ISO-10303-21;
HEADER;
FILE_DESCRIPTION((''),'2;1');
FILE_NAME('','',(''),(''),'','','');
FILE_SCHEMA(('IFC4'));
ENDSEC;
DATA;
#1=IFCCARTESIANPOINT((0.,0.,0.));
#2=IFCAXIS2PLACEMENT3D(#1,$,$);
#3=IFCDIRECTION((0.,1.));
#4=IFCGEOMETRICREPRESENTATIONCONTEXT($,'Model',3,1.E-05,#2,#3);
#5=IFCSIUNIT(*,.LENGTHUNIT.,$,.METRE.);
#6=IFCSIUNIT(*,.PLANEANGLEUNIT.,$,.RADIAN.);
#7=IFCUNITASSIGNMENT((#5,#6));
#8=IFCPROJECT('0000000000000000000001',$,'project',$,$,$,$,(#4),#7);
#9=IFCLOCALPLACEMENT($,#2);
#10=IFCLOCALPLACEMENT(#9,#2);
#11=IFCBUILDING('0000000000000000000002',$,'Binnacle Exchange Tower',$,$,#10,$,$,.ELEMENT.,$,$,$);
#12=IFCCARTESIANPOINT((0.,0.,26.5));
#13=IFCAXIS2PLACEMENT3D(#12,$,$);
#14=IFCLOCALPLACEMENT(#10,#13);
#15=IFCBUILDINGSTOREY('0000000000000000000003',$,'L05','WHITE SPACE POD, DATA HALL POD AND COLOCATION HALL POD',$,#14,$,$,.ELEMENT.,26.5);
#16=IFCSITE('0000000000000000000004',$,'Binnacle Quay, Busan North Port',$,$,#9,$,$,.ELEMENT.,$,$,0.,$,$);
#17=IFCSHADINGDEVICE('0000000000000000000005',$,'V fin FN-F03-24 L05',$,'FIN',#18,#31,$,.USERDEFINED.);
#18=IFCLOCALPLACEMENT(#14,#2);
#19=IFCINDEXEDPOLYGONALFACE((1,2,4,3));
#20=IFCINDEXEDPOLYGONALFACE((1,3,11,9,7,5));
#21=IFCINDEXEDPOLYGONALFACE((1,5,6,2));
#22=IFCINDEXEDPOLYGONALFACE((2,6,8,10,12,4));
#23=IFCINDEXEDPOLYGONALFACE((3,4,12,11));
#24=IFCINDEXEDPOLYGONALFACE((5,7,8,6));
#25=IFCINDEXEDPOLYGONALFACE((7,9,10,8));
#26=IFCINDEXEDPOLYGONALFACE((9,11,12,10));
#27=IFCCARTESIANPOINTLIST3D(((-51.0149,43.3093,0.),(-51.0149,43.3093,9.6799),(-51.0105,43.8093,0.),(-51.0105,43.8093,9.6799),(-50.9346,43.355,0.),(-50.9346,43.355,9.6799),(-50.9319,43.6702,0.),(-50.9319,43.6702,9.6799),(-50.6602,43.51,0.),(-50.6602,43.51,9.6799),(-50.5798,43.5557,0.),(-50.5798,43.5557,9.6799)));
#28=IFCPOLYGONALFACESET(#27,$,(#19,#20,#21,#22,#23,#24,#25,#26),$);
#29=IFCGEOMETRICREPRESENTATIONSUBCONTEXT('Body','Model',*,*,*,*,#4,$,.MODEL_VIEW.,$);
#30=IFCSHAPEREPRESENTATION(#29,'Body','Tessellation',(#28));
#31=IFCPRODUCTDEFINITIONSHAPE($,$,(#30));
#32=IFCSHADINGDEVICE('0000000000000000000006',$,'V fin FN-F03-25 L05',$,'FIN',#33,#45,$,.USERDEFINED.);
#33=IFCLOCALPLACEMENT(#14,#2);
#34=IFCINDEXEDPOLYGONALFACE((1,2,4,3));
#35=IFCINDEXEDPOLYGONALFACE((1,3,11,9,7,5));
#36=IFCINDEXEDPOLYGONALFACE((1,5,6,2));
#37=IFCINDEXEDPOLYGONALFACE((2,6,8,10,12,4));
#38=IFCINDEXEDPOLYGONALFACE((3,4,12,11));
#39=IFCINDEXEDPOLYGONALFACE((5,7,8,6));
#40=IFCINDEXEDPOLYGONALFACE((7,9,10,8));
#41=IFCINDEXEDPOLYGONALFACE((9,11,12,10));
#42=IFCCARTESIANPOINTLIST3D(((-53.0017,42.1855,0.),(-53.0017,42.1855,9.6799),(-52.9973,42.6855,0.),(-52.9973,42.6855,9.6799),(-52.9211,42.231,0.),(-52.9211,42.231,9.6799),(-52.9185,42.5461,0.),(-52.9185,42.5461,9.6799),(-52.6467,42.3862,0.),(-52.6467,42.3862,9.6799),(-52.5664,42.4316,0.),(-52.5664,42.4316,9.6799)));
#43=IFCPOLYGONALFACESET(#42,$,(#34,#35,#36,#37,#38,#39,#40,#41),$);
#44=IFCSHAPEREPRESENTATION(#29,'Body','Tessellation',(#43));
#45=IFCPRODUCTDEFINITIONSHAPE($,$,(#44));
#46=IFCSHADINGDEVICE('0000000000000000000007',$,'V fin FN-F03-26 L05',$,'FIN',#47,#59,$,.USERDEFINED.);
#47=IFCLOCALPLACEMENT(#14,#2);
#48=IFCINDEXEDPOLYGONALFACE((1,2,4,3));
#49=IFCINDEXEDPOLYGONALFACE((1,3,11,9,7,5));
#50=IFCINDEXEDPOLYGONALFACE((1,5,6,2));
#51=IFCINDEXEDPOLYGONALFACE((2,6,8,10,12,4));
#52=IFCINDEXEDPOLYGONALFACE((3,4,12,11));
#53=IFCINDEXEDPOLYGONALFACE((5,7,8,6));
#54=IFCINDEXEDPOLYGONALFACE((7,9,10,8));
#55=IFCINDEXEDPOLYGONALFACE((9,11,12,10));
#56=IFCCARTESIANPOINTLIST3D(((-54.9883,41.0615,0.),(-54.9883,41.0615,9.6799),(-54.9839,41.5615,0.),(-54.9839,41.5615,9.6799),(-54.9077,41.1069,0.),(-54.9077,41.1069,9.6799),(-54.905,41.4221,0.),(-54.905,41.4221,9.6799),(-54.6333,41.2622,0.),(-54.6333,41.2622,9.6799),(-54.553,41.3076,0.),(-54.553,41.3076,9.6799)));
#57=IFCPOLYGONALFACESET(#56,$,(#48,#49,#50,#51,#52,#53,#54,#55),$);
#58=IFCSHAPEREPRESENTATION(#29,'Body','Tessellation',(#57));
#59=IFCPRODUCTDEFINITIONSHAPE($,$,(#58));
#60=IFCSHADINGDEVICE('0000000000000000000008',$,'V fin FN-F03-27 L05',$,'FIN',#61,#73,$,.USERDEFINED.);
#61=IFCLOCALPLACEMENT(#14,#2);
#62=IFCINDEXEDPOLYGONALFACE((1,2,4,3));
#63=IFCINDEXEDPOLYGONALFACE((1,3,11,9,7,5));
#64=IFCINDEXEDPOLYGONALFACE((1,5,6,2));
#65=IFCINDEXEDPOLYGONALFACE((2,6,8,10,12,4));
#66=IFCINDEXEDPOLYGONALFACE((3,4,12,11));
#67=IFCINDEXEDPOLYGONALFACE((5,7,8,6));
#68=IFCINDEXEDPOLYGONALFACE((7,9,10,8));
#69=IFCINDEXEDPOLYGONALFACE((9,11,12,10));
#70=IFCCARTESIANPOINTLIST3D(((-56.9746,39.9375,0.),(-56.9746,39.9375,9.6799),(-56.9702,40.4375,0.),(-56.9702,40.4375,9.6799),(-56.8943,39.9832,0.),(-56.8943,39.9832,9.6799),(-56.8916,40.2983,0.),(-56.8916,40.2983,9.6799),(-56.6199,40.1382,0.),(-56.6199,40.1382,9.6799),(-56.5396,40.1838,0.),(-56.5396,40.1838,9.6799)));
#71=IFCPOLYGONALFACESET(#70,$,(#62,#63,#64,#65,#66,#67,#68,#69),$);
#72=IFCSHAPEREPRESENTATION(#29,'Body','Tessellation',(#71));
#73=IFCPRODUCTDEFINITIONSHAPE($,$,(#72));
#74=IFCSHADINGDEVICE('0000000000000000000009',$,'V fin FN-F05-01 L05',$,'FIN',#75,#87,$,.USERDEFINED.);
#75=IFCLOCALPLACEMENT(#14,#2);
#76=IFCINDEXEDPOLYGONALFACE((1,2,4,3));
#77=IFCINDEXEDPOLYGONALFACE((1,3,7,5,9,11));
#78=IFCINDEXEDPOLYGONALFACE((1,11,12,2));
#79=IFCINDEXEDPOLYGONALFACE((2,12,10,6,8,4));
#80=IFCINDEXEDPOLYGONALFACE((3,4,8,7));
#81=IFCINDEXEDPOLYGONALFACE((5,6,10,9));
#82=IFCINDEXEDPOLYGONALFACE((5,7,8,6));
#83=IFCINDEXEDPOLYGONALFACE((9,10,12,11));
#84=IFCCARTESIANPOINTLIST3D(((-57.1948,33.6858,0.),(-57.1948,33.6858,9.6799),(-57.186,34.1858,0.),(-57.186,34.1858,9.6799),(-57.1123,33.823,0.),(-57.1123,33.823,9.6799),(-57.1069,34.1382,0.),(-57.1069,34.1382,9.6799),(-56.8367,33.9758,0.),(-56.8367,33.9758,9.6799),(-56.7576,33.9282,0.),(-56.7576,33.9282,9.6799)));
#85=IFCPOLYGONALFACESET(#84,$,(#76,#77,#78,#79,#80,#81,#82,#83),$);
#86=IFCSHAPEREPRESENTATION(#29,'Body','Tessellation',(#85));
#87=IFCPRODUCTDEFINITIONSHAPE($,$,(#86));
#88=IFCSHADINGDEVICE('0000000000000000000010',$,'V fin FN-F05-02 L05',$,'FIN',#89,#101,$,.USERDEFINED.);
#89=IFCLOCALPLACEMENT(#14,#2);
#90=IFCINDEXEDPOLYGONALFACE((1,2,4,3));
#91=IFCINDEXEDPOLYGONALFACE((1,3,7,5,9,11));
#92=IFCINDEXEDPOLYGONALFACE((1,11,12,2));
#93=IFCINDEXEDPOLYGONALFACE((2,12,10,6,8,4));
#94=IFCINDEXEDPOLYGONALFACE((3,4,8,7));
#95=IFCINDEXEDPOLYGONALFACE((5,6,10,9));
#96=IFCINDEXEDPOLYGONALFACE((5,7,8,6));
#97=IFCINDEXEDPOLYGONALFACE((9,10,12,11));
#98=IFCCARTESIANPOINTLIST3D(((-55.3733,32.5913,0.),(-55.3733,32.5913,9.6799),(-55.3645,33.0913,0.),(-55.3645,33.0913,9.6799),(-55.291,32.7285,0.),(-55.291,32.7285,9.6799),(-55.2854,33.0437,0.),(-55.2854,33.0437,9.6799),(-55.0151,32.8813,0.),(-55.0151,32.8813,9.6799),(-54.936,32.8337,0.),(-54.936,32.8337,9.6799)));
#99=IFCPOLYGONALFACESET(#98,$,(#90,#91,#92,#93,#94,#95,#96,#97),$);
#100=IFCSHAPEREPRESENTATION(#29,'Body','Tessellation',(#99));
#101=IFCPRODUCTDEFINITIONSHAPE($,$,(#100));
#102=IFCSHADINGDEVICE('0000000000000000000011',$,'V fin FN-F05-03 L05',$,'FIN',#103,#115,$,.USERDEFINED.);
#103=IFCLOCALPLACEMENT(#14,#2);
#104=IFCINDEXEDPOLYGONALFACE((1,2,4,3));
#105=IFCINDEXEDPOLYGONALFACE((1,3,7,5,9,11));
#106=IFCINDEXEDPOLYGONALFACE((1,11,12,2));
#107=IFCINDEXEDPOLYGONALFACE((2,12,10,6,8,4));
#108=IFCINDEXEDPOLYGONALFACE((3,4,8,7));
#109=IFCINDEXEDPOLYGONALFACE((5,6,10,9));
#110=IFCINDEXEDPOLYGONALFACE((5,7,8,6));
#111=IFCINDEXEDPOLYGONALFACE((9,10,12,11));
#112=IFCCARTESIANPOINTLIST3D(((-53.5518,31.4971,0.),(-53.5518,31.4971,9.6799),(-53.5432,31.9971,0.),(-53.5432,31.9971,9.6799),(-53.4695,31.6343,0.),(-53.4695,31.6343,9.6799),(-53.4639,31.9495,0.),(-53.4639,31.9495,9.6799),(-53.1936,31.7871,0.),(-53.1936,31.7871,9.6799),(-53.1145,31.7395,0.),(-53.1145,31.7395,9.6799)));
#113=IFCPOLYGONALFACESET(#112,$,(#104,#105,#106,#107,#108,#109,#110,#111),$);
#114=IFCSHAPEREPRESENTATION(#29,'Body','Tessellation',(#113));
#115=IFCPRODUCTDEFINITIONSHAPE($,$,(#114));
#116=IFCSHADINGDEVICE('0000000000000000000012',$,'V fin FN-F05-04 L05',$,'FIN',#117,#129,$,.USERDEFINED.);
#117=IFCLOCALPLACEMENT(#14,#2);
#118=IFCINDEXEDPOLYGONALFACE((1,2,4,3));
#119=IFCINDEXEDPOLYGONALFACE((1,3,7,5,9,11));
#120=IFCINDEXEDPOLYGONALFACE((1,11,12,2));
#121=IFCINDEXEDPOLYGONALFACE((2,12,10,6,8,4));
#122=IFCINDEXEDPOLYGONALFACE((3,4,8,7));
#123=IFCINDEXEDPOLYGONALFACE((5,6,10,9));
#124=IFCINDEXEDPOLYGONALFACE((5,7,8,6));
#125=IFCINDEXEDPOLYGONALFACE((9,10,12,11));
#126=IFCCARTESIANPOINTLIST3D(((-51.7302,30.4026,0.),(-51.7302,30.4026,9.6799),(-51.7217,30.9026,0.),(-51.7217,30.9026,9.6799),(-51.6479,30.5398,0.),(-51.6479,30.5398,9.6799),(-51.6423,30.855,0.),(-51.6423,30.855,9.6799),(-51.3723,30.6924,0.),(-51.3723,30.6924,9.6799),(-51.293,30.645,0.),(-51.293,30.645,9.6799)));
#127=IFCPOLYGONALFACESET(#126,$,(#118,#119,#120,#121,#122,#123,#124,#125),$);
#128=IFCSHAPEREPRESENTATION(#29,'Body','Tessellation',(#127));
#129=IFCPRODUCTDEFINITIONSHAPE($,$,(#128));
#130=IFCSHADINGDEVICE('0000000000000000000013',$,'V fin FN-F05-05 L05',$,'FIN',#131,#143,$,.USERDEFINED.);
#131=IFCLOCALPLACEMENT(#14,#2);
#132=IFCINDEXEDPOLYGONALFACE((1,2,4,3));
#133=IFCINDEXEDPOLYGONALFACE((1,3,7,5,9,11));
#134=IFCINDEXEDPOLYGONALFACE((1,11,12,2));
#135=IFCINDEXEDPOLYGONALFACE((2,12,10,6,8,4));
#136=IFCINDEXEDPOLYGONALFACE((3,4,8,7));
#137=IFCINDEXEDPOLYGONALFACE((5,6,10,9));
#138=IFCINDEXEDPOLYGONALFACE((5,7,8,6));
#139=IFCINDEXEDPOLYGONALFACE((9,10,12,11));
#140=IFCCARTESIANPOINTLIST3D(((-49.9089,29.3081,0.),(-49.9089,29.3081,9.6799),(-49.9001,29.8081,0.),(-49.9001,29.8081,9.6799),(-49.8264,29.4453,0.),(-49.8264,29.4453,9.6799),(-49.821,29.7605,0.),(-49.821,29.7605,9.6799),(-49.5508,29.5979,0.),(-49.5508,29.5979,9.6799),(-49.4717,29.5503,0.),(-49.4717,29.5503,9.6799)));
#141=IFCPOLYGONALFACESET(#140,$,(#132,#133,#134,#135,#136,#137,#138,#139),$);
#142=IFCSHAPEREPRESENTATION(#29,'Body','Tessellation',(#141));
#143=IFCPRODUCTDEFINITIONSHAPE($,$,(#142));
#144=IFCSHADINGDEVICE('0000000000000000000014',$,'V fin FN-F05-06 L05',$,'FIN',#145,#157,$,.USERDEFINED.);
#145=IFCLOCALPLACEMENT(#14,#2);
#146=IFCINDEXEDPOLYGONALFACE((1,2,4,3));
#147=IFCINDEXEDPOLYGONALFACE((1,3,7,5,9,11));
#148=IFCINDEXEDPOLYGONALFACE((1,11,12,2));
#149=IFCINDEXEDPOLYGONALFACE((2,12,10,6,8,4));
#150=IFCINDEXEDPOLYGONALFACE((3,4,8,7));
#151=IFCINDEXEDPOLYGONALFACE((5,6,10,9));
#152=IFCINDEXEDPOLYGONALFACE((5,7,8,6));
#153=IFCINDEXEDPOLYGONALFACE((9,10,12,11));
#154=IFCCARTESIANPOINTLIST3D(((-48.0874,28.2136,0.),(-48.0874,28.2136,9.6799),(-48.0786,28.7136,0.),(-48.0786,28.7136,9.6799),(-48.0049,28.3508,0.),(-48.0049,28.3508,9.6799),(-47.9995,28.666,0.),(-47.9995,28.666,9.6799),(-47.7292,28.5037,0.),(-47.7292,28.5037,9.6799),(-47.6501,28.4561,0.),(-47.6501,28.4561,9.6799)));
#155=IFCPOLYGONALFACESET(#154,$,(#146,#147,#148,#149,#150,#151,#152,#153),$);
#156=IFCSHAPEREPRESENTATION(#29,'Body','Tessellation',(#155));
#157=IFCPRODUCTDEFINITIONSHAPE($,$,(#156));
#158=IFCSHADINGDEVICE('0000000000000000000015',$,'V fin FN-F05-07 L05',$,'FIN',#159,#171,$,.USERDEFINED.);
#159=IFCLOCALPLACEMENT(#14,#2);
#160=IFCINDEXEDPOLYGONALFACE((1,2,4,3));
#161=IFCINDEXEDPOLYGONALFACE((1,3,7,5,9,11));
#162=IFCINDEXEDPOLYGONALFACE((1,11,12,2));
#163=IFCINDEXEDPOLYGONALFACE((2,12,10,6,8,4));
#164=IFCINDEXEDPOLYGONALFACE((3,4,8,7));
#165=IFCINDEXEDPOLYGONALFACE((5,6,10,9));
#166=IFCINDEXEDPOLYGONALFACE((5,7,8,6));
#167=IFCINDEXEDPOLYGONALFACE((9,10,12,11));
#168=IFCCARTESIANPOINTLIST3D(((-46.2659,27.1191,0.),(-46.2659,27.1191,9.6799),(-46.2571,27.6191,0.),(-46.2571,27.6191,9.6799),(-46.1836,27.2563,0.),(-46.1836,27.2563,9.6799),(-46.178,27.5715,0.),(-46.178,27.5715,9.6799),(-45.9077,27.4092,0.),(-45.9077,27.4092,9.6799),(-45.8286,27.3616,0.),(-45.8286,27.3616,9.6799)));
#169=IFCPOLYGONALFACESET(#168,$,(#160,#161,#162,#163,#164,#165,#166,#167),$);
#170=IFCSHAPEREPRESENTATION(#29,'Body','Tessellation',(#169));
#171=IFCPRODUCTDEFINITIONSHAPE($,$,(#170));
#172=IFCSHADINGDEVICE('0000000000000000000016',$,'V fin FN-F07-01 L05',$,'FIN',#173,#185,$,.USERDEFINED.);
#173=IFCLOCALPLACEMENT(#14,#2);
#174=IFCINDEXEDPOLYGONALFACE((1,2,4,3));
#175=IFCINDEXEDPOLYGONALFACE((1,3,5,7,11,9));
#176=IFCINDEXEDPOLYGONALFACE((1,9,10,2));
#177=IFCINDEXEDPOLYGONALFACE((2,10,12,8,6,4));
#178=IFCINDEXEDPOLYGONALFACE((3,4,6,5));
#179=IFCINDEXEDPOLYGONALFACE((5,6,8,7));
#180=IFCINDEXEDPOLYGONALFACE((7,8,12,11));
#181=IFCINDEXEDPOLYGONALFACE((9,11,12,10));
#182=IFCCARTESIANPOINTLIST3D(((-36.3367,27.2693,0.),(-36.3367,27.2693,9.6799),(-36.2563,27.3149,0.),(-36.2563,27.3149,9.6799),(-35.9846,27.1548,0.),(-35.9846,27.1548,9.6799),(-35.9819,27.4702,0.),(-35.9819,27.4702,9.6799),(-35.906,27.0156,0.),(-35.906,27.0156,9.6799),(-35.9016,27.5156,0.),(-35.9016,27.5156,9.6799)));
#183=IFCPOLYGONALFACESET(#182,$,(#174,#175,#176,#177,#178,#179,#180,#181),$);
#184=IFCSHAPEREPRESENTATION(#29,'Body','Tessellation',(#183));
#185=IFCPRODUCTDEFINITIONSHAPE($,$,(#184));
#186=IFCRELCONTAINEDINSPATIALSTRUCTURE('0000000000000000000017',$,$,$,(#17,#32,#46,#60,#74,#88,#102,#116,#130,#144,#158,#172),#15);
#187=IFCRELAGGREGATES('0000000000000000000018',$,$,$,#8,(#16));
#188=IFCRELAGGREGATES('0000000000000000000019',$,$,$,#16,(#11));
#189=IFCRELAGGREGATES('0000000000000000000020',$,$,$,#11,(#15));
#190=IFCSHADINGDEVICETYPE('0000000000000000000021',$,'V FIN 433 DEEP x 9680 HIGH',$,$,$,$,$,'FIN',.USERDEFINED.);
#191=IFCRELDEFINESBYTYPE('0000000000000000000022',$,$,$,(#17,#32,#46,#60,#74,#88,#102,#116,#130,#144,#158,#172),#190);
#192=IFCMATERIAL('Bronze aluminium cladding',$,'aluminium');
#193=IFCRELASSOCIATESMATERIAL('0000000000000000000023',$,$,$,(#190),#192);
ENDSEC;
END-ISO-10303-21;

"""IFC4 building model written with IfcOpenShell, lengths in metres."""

from ifc_helpers import new_model, si_unit, direction, frame, origin, place, context, subcontext, project, spatial, polyline, outline, extrude, material, type_object, element, save


model = new_model("IFC4")

# Units and contexts
model_context = context("Model", 3, precision=1e-05, world=origin(), true_north=direction((0.0, 1.0)))
body_context = subcontext(model_context, "Body", "Model", "MODEL_VIEW")
ifc_project = project(units=[si_unit("LENGTHUNIT", "METRE"), si_unit("PLANEANGLEUNIT", "RADIAN")], contexts=[model_context])

# Site, building, storey
site_placement = place(None, origin())
site = spatial("IfcSite", under=ifc_project, at=site_placement, Name="Binnacle Quay, Busan North Port", CompositionType="ELEMENT", RefElevation=0.0)
building_placement = place(site_placement, origin())
building = spatial("IfcBuilding", under=site, at=building_placement, Name="Binnacle Exchange Tower", CompositionType="ELEMENT")
storey_placement = place(building_placement, frame((0.0, 0.0, 26.5)))
storey = spatial("IfcBuildingStorey", under=building, at=storey_placement, Name="L05", Description="WHITE SPACE POD, DATA HALL POD AND COLOCATION HALL POD", CompositionType="ELEMENT", Elevation=26.5)

# Shading devices
ifc_material = material(Name="Bronze aluminium cladding", Category="aluminium")
shading_device_type = type_object("IfcShadingDeviceType", Name="V FIN 433 DEEP x 9680 HIGH", ElementType="FIN", PredefinedType="USERDEFINED", material=ifc_material)
shading_device_1_placement = place(storey_placement, origin())
element("IfcShadingDevice", 1, at=shading_device_1_placement, inside=storey, type_object=shading_device_type, Name="V fin FN-F03-24 L05", ObjectType="FIN", PredefinedType="USERDEFINED", context=body_context, shape_type="SweptSolid", body=[
    extrude(outline(polyline([(-50.5798, 43.5557), (-51.0105, 43.8093), (-51.0149, 43.3093), (-50.9346, 43.355), (-50.9319, 43.6702), (-50.6602, 43.51), (-50.5798, 43.5557)])), origin(), (0.0, 0.0, 1.0), 9.6799),
])
shading_device_2_placement = place(storey_placement, origin())
element("IfcShadingDevice", 2, at=shading_device_2_placement, inside=storey, type_object=shading_device_type, Name="V fin FN-F03-25 L05", ObjectType="FIN", PredefinedType="USERDEFINED", context=body_context, shape_type="SweptSolid", body=[
    extrude(outline(polyline([(-52.5664, 42.4316), (-52.9973, 42.6855), (-53.0017, 42.1855), (-52.9211, 42.231), (-52.9185, 42.5461), (-52.6467, 42.3862), (-52.5664, 42.4316)])), origin(), (0.0, 0.0, 1.0), 9.6799),
])
shading_device_3_placement = place(storey_placement, origin())
element("IfcShadingDevice", 3, at=shading_device_3_placement, inside=storey, type_object=shading_device_type, Name="V fin FN-F03-26 L05", ObjectType="FIN", PredefinedType="USERDEFINED", context=body_context, shape_type="SweptSolid", body=[
    extrude(outline(polyline([(-54.553, 41.3076), (-54.9839, 41.5615), (-54.9883, 41.0615), (-54.9077, 41.1069), (-54.905, 41.4221), (-54.6333, 41.2622), (-54.553, 41.3076)])), origin(), (0.0, 0.0, 1.0), 9.6799),
])
shading_device_4_placement = place(storey_placement, origin())
element("IfcShadingDevice", 4, at=shading_device_4_placement, inside=storey, type_object=shading_device_type, Name="V fin FN-F03-27 L05", ObjectType="FIN", PredefinedType="USERDEFINED", context=body_context, shape_type="SweptSolid", body=[
    extrude(outline(polyline([(-56.5396, 40.1838), (-56.9702, 40.4375), (-56.9746, 39.9375), (-56.8943, 39.9832), (-56.8916, 40.2983), (-56.6199, 40.1382), (-56.5396, 40.1838)])), origin(), (0.0, 0.0, 1.0), 9.6799),
])
shading_device_5_placement = place(storey_placement, origin())
element("IfcShadingDevice", 5, at=shading_device_5_placement, inside=storey, type_object=shading_device_type, Name="V fin FN-F05-01 L05", ObjectType="FIN", PredefinedType="USERDEFINED", context=body_context, shape_type="SweptSolid", body=[
    extrude(outline(polyline([(-57.186, 34.1858), (-57.1948, 33.6858), (-56.7576, 33.9282), (-56.8367, 33.9758), (-57.1123, 33.823), (-57.1069, 34.1382), (-57.186, 34.1858)])), origin(), (0.0, 0.0, 1.0), 9.6799),
])
shading_device_6_placement = place(storey_placement, origin())
element("IfcShadingDevice", 6, at=shading_device_6_placement, inside=storey, type_object=shading_device_type, Name="V fin FN-F05-02 L05", ObjectType="FIN", PredefinedType="USERDEFINED", context=body_context, shape_type="SweptSolid", body=[
    extrude(outline(polyline([(-55.3645, 33.0913), (-55.3733, 32.5913), (-54.936, 32.8337), (-55.0151, 32.8813), (-55.291, 32.7285), (-55.2854, 33.0437), (-55.3645, 33.0913)])), origin(), (0.0, 0.0, 1.0), 9.6799),
])
shading_device_7_placement = place(storey_placement, origin())
element("IfcShadingDevice", 7, at=shading_device_7_placement, inside=storey, type_object=shading_device_type, Name="V fin FN-F05-03 L05", ObjectType="FIN", PredefinedType="USERDEFINED", context=body_context, shape_type="SweptSolid", body=[
    extrude(outline(polyline([(-53.5432, 31.9971), (-53.5518, 31.4971), (-53.1145, 31.7395), (-53.1936, 31.7871), (-53.4695, 31.6343), (-53.4639, 31.9495), (-53.5432, 31.9971)])), origin(), (0.0, 0.0, 1.0), 9.6799),
])
shading_device_8_placement = place(storey_placement, origin())
element("IfcShadingDevice", 8, at=shading_device_8_placement, inside=storey, type_object=shading_device_type, Name="V fin FN-F05-04 L05", ObjectType="FIN", PredefinedType="USERDEFINED", context=body_context, shape_type="SweptSolid", body=[
    extrude(outline(polyline([(-51.7217, 30.9026), (-51.7302, 30.4026), (-51.293, 30.645), (-51.3723, 30.6924), (-51.6479, 30.5398), (-51.6423, 30.855), (-51.7217, 30.9026)])), origin(), (0.0, 0.0, 1.0), 9.6799),
])
shading_device_9_placement = place(storey_placement, origin())
element("IfcShadingDevice", 9, at=shading_device_9_placement, inside=storey, type_object=shading_device_type, Name="V fin FN-F05-05 L05", ObjectType="FIN", PredefinedType="USERDEFINED", context=body_context, shape_type="SweptSolid", body=[
    extrude(outline(polyline([(-49.9001, 29.8081), (-49.9089, 29.3081), (-49.4717, 29.5503), (-49.5508, 29.5979), (-49.8264, 29.4453), (-49.821, 29.7605), (-49.9001, 29.8081)])), origin(), (0.0, 0.0, 1.0), 9.6799),
])
shading_device_10_placement = place(storey_placement, origin())
element("IfcShadingDevice", 10, at=shading_device_10_placement, inside=storey, type_object=shading_device_type, Name="V fin FN-F05-06 L05", ObjectType="FIN", PredefinedType="USERDEFINED", context=body_context, shape_type="SweptSolid", body=[
    extrude(outline(polyline([(-48.0786, 28.7136), (-48.0874, 28.2136), (-47.6501, 28.4561), (-47.7292, 28.5037), (-48.0049, 28.3508), (-47.9995, 28.666), (-48.0786, 28.7136)])), origin(), (0.0, 0.0, 1.0), 9.6799),
])
shading_device_11_placement = place(storey_placement, origin())
element("IfcShadingDevice", 11, at=shading_device_11_placement, inside=storey, type_object=shading_device_type, Name="V fin FN-F05-07 L05", ObjectType="FIN", PredefinedType="USERDEFINED", context=body_context, shape_type="SweptSolid", body=[
    extrude(outline(polyline([(-46.2571, 27.6191), (-46.2659, 27.1191), (-45.8286, 27.3616), (-45.9077, 27.4092), (-46.1836, 27.2563), (-46.178, 27.5715), (-46.2571, 27.6191)])), origin(), (0.0, 0.0, 1.0), 9.6799),
])
shading_device_12_placement = place(storey_placement, origin())
element("IfcShadingDevice", 12, at=shading_device_12_placement, inside=storey, type_object=shading_device_type, Name="V fin FN-F07-01 L05", ObjectType="FIN", PredefinedType="USERDEFINED", context=body_context, shape_type="SweptSolid", body=[
    extrude(outline(polyline([(-36.3367, 27.2693), (-35.906, 27.0156), (-35.9016, 27.5156), (-35.9819, 27.4702), (-35.9846, 27.1548), (-36.2563, 27.3149), (-36.3367, 27.2693)])), origin(), (0.0, 0.0, 1.0), 9.6799),
])

save(model, "model.ifc")
